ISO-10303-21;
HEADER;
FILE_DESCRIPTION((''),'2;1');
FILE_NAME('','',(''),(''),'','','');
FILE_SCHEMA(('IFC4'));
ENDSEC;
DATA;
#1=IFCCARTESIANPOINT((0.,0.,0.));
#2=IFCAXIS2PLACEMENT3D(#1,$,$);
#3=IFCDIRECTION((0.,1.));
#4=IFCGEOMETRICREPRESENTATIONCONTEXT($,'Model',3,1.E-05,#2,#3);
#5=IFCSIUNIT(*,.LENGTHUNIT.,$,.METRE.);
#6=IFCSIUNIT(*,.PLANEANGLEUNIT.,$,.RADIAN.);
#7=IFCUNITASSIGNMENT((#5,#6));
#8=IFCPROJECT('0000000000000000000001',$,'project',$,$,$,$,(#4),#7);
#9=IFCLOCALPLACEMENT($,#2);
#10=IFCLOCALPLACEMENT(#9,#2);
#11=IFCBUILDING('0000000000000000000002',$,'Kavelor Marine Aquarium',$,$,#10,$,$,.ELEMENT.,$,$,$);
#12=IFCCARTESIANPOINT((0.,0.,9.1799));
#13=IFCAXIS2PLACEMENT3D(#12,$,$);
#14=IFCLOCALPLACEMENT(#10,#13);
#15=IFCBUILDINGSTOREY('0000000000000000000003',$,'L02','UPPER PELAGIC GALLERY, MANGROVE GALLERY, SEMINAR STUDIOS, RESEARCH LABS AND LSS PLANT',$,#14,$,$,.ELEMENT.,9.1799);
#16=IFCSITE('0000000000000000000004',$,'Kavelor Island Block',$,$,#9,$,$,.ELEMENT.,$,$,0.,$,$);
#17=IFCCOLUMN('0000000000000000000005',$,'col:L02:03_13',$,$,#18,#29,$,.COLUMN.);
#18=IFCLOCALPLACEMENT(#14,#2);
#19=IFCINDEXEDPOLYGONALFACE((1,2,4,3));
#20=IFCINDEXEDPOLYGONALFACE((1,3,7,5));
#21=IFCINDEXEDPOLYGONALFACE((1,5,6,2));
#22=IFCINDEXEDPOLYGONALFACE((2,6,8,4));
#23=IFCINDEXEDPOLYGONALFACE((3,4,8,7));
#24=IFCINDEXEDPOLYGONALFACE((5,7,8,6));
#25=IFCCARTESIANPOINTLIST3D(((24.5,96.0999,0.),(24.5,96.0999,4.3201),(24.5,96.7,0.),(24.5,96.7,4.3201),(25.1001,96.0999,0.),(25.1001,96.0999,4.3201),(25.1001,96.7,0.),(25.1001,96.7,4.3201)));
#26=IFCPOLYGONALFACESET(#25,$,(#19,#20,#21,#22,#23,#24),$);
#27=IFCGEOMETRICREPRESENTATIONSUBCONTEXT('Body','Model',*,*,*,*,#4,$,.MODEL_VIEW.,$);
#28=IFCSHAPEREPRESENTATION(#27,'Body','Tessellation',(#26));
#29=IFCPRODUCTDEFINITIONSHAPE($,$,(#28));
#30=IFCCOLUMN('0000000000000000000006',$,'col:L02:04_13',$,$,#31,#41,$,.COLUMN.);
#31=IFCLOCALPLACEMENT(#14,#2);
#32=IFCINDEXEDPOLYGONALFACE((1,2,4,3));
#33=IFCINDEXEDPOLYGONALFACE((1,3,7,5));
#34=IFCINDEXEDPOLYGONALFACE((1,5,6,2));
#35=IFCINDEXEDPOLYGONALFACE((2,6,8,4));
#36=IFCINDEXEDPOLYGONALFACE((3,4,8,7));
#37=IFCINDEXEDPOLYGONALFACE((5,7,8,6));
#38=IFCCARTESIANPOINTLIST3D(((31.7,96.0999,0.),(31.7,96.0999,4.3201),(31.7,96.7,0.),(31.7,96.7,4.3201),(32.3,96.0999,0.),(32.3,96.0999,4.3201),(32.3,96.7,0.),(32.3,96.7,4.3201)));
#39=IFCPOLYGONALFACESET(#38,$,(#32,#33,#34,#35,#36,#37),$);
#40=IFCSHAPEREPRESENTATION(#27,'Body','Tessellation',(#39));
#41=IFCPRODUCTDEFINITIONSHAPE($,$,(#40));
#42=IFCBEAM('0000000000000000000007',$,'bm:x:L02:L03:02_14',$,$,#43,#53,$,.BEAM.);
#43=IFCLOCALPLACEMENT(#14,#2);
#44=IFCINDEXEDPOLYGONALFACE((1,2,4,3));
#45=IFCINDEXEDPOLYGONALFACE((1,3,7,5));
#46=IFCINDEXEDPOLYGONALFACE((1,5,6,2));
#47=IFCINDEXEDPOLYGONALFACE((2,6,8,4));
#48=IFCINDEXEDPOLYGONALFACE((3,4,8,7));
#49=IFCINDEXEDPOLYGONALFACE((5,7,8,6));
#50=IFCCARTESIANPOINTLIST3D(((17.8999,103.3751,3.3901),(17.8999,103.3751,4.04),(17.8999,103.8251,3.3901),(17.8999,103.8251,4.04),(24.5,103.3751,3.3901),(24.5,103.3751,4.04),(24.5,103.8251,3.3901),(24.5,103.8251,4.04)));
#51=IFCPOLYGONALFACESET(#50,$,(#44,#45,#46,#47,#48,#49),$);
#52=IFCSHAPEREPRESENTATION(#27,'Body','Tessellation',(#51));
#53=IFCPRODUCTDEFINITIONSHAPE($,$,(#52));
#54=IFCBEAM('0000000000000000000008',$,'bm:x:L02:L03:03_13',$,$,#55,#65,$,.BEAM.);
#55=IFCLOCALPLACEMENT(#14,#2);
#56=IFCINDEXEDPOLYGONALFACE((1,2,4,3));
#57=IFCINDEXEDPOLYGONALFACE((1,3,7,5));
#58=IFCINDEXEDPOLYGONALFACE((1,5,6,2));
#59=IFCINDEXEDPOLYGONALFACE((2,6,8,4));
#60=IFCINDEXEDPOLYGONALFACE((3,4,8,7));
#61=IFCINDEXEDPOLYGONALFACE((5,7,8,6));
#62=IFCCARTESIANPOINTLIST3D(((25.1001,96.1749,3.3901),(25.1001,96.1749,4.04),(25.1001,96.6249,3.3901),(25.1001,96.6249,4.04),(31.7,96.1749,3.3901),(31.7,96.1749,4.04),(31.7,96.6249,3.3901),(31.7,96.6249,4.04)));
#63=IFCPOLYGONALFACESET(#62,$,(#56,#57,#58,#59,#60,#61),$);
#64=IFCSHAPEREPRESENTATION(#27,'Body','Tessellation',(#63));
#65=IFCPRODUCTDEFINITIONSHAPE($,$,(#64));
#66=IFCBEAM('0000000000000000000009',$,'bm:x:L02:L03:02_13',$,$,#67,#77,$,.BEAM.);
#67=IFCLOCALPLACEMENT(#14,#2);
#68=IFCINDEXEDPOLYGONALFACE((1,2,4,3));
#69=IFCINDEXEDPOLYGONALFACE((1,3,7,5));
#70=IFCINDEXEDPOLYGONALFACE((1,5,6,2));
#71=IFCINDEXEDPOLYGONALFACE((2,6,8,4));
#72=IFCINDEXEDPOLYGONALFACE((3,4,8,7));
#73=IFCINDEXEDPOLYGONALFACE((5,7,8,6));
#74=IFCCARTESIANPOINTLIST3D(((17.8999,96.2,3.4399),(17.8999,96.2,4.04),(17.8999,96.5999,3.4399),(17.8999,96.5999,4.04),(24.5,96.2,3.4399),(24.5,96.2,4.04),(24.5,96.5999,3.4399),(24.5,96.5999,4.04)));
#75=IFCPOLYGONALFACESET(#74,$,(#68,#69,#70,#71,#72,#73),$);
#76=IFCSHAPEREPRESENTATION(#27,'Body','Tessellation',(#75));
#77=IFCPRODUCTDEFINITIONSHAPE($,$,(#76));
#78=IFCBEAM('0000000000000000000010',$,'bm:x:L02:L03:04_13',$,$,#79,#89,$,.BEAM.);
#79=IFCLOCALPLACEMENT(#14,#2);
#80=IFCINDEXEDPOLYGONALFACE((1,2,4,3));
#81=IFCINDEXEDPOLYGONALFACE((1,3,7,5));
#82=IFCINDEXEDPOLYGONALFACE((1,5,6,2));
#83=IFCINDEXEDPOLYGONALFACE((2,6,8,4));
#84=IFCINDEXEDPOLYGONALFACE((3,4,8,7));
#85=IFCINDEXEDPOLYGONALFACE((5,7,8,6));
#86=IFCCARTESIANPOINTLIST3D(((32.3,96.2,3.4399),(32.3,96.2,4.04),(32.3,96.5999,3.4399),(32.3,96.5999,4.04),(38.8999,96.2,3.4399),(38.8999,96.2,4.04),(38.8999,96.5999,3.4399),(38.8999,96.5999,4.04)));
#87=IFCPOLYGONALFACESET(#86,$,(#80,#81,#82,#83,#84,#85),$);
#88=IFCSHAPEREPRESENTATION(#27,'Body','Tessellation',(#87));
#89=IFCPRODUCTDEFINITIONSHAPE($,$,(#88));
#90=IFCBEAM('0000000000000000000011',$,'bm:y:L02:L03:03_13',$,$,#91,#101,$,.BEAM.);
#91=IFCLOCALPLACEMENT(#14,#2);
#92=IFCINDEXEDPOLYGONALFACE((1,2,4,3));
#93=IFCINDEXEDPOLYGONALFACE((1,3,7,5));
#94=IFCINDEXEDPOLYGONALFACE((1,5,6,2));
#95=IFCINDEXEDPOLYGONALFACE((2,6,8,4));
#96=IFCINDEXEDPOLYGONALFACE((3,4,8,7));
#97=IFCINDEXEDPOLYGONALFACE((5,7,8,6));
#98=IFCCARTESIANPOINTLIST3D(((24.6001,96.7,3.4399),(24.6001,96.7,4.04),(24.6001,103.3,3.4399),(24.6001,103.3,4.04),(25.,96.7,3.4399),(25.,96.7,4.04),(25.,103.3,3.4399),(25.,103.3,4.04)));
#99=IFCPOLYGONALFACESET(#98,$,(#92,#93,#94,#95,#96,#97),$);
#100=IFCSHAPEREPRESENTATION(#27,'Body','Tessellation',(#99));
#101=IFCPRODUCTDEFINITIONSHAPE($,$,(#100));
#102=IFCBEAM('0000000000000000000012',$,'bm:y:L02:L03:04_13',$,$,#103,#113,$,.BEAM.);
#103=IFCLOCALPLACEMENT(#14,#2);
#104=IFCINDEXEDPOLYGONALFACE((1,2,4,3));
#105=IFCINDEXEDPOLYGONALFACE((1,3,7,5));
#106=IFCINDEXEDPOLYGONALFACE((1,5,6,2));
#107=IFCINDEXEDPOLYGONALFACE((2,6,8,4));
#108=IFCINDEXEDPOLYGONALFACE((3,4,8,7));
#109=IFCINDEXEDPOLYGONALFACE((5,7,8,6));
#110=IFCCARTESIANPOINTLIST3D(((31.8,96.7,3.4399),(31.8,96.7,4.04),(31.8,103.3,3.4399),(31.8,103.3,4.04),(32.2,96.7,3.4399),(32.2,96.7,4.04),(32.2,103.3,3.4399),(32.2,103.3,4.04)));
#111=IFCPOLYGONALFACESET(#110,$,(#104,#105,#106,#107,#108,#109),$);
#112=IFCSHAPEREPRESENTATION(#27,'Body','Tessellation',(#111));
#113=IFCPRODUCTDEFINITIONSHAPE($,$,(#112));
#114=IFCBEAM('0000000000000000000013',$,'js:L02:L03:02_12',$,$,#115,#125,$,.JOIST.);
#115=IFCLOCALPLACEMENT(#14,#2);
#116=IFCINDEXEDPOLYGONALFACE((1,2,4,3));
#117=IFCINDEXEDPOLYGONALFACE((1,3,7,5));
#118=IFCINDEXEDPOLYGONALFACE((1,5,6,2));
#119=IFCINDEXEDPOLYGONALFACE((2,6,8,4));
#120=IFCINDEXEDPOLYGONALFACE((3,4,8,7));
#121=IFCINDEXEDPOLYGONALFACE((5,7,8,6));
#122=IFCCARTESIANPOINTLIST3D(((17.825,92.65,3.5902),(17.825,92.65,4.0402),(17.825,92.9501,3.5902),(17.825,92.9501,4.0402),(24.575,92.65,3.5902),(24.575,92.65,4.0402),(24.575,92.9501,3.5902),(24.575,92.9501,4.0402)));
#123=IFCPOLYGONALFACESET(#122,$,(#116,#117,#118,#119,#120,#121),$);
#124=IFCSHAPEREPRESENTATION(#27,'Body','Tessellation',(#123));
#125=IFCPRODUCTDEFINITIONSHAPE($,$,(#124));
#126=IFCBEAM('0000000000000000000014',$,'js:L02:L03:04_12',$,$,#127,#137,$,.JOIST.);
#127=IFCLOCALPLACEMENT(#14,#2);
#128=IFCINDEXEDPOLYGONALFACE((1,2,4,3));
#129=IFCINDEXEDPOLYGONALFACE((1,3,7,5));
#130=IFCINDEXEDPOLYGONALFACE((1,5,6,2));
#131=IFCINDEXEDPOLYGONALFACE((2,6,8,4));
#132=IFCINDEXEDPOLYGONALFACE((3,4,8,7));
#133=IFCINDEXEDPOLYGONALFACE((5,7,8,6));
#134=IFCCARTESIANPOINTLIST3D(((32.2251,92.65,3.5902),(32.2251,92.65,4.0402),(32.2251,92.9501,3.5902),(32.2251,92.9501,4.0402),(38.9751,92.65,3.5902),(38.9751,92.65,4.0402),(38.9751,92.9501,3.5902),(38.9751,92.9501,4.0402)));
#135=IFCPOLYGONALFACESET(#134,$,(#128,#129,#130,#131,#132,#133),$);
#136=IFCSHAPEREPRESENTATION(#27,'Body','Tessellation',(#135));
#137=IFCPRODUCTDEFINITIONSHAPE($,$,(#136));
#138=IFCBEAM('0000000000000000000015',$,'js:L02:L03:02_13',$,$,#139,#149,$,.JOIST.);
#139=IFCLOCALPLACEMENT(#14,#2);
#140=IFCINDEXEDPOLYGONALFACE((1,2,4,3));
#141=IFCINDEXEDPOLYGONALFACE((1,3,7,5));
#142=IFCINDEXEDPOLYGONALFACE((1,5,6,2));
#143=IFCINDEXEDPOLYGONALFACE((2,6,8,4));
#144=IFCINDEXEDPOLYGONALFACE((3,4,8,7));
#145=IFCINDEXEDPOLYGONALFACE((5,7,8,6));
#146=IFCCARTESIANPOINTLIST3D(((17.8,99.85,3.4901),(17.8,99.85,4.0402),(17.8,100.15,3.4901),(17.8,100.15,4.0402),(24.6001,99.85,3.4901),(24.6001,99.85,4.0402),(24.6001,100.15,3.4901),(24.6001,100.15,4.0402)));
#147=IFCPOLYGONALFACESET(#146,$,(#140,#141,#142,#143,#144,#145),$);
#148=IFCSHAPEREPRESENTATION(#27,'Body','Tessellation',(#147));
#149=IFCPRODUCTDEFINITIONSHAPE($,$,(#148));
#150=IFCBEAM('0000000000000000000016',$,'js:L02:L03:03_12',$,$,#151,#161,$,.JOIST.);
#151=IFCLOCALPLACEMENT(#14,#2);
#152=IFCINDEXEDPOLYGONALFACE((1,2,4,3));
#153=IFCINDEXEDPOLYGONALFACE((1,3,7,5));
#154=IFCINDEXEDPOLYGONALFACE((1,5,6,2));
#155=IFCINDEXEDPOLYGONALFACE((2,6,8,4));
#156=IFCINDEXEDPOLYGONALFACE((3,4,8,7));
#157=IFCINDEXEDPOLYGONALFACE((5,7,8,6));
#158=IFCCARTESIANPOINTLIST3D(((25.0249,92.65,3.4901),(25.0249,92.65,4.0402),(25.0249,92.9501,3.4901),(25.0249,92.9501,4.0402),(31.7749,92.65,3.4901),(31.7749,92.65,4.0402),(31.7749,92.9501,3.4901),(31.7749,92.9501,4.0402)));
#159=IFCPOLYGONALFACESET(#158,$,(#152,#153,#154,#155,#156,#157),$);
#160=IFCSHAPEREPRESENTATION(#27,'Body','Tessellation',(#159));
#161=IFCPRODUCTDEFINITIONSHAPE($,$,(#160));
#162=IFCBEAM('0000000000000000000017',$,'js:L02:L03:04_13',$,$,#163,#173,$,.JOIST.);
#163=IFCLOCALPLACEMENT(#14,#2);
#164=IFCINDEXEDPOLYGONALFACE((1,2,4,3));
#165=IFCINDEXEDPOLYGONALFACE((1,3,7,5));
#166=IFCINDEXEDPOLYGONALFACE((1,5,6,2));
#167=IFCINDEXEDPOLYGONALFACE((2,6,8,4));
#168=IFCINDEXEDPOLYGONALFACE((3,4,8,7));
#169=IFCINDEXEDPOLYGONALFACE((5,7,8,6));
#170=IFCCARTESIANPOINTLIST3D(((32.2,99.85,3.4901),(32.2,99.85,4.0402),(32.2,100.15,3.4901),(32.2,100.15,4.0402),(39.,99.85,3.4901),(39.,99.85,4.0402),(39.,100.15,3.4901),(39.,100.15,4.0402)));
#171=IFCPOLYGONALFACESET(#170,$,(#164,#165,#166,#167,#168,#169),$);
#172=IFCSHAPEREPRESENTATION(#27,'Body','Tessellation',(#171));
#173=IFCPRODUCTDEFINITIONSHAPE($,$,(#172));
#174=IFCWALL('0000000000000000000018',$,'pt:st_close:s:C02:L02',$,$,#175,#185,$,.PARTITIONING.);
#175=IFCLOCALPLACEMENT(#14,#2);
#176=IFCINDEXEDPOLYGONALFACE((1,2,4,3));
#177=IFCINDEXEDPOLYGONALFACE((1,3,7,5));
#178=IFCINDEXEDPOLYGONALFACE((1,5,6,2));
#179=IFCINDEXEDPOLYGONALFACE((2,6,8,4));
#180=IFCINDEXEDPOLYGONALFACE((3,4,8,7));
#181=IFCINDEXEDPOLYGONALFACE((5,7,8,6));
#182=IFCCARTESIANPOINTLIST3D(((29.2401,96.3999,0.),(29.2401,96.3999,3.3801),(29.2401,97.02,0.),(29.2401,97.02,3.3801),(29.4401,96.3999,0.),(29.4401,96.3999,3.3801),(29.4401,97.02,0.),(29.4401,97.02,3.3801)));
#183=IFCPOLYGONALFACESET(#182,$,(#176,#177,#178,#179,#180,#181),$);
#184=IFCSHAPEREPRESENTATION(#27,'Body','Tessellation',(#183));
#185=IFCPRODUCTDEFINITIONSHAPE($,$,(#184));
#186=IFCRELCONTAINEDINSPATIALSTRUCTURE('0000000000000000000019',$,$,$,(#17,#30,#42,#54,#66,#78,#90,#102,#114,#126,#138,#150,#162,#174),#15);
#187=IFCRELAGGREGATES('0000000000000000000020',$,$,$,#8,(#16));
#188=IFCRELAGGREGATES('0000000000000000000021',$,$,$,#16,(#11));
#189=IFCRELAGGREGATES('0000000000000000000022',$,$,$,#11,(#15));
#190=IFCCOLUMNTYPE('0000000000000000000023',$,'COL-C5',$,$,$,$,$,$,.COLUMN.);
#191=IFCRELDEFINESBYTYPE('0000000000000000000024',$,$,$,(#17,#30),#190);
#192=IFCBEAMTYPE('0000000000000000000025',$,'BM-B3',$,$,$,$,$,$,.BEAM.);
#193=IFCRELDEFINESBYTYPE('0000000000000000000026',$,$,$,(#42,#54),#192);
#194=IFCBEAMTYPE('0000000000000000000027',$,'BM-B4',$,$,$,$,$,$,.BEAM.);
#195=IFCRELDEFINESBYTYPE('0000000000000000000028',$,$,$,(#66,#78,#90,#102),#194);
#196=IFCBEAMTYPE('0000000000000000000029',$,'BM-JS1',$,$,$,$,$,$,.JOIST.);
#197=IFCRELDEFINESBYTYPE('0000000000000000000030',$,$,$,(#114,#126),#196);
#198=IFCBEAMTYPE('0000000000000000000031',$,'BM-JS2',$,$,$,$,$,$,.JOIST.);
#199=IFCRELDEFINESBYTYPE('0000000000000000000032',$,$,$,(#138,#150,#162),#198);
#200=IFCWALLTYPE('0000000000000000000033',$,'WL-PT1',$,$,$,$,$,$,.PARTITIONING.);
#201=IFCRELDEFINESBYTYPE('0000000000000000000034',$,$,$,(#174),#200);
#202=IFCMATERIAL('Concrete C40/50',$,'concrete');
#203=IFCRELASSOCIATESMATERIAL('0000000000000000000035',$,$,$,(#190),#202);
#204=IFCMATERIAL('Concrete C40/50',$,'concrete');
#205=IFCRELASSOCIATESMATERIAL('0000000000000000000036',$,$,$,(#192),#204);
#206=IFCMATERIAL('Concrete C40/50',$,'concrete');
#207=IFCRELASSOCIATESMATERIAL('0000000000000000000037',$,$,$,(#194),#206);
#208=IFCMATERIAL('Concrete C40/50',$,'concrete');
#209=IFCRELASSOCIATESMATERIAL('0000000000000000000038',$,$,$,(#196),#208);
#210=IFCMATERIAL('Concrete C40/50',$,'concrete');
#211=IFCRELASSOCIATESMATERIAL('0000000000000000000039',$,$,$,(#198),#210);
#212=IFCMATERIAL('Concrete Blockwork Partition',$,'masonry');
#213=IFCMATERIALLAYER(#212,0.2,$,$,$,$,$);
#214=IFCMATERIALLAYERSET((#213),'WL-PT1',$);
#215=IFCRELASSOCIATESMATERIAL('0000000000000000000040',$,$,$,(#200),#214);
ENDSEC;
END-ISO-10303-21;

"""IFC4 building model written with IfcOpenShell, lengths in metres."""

from ifc_helpers import new_model, si_unit, direction, frame, frame_2d, origin, origin_2d, place, context, subcontext, project, spatial, rectangle, extrude, material, layer, layer_set, material_profile, profile_set, type_object, element, save


model = new_model("IFC4")

# Units and contexts
model_context = context("Model", 3, precision=1e-05, world=origin(), true_north=direction((0.0, 1.0)))
body_context = subcontext(model_context, "Body", "Model", "MODEL_VIEW")
ifc_project = project(units=[si_unit("LENGTHUNIT", "METRE"), si_unit("PLANEANGLEUNIT", "RADIAN")], contexts=[model_context])

# Site, building, storey
site_placement = place(None, origin())
site = spatial("IfcSite", under=ifc_project, at=site_placement, Name="Kavelor Island Block", CompositionType="ELEMENT", RefElevation=0.0)
building_placement = place(site_placement, origin())
building = spatial("IfcBuilding", under=site, at=building_placement, Name="Kavelor Marine Aquarium", CompositionType="ELEMENT")
storey_placement = place(building_placement, frame((0.0, 0.0, 9.1799)))
storey = spatial("IfcBuildingStorey", under=building, at=storey_placement, Name="L02", Description="UPPER PELAGIC GALLERY, MANGROVE GALLERY, SEMINAR STUDIOS, RESEARCH LABS AND LSS PLANT", CompositionType="ELEMENT", Elevation=9.1799)

# Columns
ifc_material_1 = material(Name="Concrete C40/50", Category="concrete")
ifc_material_profile_1 = material_profile(ifc_material_1, rectangle(XDim=0.6001, YDim=0.6001, at=origin_2d()), Name="RC-COL 600x600")
ifc_profile_set_1 = profile_set([ifc_material_profile_1], Name="Concrete C40/50")
column_type = type_object("IfcColumnType", Name="COL-C5", PredefinedType="COLUMN", material=ifc_profile_set_1)
for number, where, z_axis, x_axis, name in (
    (1, (24.8, 96.3999, 0.0), (0.0, 0.0, 1.0), (1.0, 0.0, 0.0), "col:L02:03_13"),
    (2, (32.0, 96.3999, 0.0), (0.0, 0.0, 1.0), (1.0, 0.0, 0.0), "col:L02:04_13"),
):
    element("IfcColumn", number, at=place(storey_placement, frame(where, z_axis=z_axis, x_axis=x_axis)), inside=storey, type_object=column_type, Name=name, PredefinedType="COLUMN", context=body_context, shape_type="SweptSolid", body=[
        extrude(rectangle(XDim=0.6001, YDim=0.6001, at=origin_2d()), origin(), (0.0, 0.0, 1.0), 4.3201),
    ])

# Beams
ifc_material_2 = material(Name="Concrete C40/50", Category="concrete")
ifc_material_profile_2 = material_profile(ifc_material_2, rectangle(XDim=0.45, YDim=0.6499, at=origin_2d()), Name="RC-BM 450x650")
ifc_profile_set_2 = profile_set([ifc_material_profile_2], Name="Concrete C40/50")
beam_type_1 = type_object("IfcBeamType", Name="BM-B3", PredefinedType="BEAM", material=ifc_profile_set_2)
beam_1_placement = place(storey_placement, frame((17.8999, 103.6001, 3.7151), z_axis=(1.0, 0.0, 0.0), x_axis=(0.0, 1.0, 0.0)))
element("IfcBeam", 3, at=beam_1_placement, inside=storey, type_object=beam_type_1, Name="bm:x:L02:L03:02_14", PredefinedType="BEAM", context=body_context, shape_type="SweptSolid", body=[
    extrude(rectangle(XDim=0.45, YDim=0.6499, at=origin_2d()), origin(), (0.0, 0.0, 1.0), 6.6001),
])
beam_2_placement = place(storey_placement, frame((25.1001, 96.3999, 3.7151), z_axis=(1.0, 0.0, 0.0), x_axis=(0.0, 1.0, 0.0)))
element("IfcBeam", 4, at=beam_2_placement, inside=storey, type_object=beam_type_1, Name="bm:x:L02:L03:03_13", PredefinedType="BEAM", context=body_context, shape_type="SweptSolid", body=[
    extrude(rectangle(XDim=0.45, YDim=0.6499, at=origin_2d()), origin(), (0.0, 0.0, 1.0), 6.5999),
])
ifc_material_3 = material(Name="Concrete C40/50", Category="concrete")
ifc_material_profile_3 = material_profile(ifc_material_3, rectangle(XDim=0.3999, YDim=0.6001, at=origin_2d()), Name="RC-BM 400x600")
ifc_profile_set_3 = profile_set([ifc_material_profile_3], Name="Concrete C40/50")
beam_type_2 = type_object("IfcBeamType", Name="BM-B4", PredefinedType="BEAM", material=ifc_profile_set_3)
beam_3_placement = place(storey_placement, frame((17.8999, 96.3999, 3.74), z_axis=(1.0, 0.0, 0.0), x_axis=(0.0, 1.0, 0.0)))
element("IfcBeam", 5, at=beam_3_placement, inside=storey, type_object=beam_type_2, Name="bm:x:L02:L03:02_13", PredefinedType="BEAM", context=body_context, shape_type="SweptSolid", body=[
    extrude(rectangle(XDim=0.3999, YDim=0.6001, at=origin_2d()), origin(), (0.0, 0.0, 1.0), 6.6001),
])
beam_4_placement = place(storey_placement, frame((32.3, 96.3999, 3.74), z_axis=(1.0, 0.0, 0.0), x_axis=(0.0, 1.0, 0.0)))
element("IfcBeam", 6, at=beam_4_placement, inside=storey, type_object=beam_type_2, Name="bm:x:L02:L03:04_13", PredefinedType="BEAM", context=body_context, shape_type="SweptSolid", body=[
    extrude(rectangle(XDim=0.3999, YDim=0.6001, at=origin_2d()), origin(), (0.0, 0.0, 1.0), 6.5999),
])
for number, where, z_axis, x_axis, name in (
    (7, (24.8, 96.7, 3.74), (0.0, 1.0, 0.0), (-1.0, 0.0, 0.0), "bm:y:L02:L03:03_13"),
    (8, (32.0, 96.7, 3.74), (0.0, 1.0, 0.0), (-1.0, 0.0, 0.0), "bm:y:L02:L03:04_13"),
):
    element("IfcBeam", number, at=place(storey_placement, frame(where, z_axis=z_axis, x_axis=x_axis)), inside=storey, type_object=beam_type_2, Name=name, PredefinedType="BEAM", context=body_context, shape_type="SweptSolid", body=[
        extrude(rectangle(XDim=0.3999, YDim=0.6001, at=origin_2d()), origin(), (0.0, 0.0, 1.0), 6.6001),
    ])
ifc_material_4 = material(Name="Concrete C40/50", Category="concrete")
ifc_material_profile_4 = material_profile(ifc_material_4, rectangle(XDim=0.3, YDim=0.45, at=origin_2d()), Name="RC-JS 300x450")
ifc_profile_set_4 = profile_set([ifc_material_profile_4], Name="Concrete C40/50")
beam_type_3 = type_object("IfcBeamType", Name="BM-JS1", PredefinedType="JOIST", material=ifc_profile_set_4)
for number, where, z_axis, x_axis, name in (
    (9, (17.825, 92.8, 3.8152), (1.0, 0.0, 0.0), (0.0, 1.0, 0.0), "js:L02:L03:02_12"),
    (10, (32.2251, 92.8, 3.8152), (1.0, 0.0, 0.0), (0.0, 1.0, 0.0), "js:L02:L03:04_12"),
):
    element("IfcBeam", number, at=place(storey_placement, frame(where, z_axis=z_axis, x_axis=x_axis)), inside=storey, type_object=beam_type_3, Name=name, PredefinedType="JOIST", context=body_context, shape_type="SweptSolid", body=[
        extrude(rectangle(XDim=0.3, YDim=0.45, at=origin_2d()), origin(), (0.0, 0.0, 1.0), 6.75),
    ])
ifc_material_5 = material(Name="Concrete C40/50", Category="concrete")
ifc_material_profile_5 = material_profile(ifc_material_5, rectangle(XDim=0.3, YDim=0.55, at=origin_2d()), Name="RC-JS 300x550")
ifc_profile_set_5 = profile_set([ifc_material_profile_5], Name="Concrete C40/50")
beam_type_4 = type_object("IfcBeamType", Name="BM-JS2", PredefinedType="JOIST", material=ifc_profile_set_5)
beam_5_placement = place(storey_placement, frame((17.8, 100.0, 3.7651), z_axis=(1.0, 0.0, 0.0), x_axis=(0.0, 1.0, 0.0)))
element("IfcBeam", 11, at=beam_5_placement, inside=storey, type_object=beam_type_4, Name="js:L02:L03:02_13", PredefinedType="JOIST", context=body_context, shape_type="SweptSolid", body=[
    extrude(rectangle(XDim=0.3, YDim=0.55, at=origin_2d()), origin(), (0.0, 0.0, 1.0), 6.8),
])
beam_6_placement = place(storey_placement, frame((25.0249, 92.8, 3.7651), z_axis=(1.0, 0.0, 0.0), x_axis=(0.0, 1.0, 0.0)))
element("IfcBeam", 12, at=beam_6_placement, inside=storey, type_object=beam_type_4, Name="js:L02:L03:03_12", PredefinedType="JOIST", context=body_context, shape_type="SweptSolid", body=[
    extrude(rectangle(XDim=0.3, YDim=0.55, at=origin_2d()), origin(), (0.0, 0.0, 1.0), 6.75),
])
beam_7_placement = place(storey_placement, frame((32.2, 100.0, 3.7651), z_axis=(1.0, 0.0, 0.0), x_axis=(0.0, 1.0, 0.0)))
element("IfcBeam", 13, at=beam_7_placement, inside=storey, type_object=beam_type_4, Name="js:L02:L03:04_13", PredefinedType="JOIST", context=body_context, shape_type="SweptSolid", body=[
    extrude(rectangle(XDim=0.3, YDim=0.55, at=origin_2d()), origin(), (0.0, 0.0, 1.0), 6.8),
])

# Wall
ifc_material_6 = material(Name="Concrete Blockwork Partition", Category="masonry")
ifc_layer_1 = layer(ifc_material_6, 0.2)
ifc_layer_set_1 = layer_set([ifc_layer_1], Name="WL-PT1")
wall_type_1 = type_object("IfcWallType", Name="WL-PT1", PredefinedType="PARTITIONING", material=ifc_layer_set_1)
wall_1_placement = place(storey_placement, frame((29.3401, 96.3999, 0.0), z_axis=(0.0, 0.0, 1.0), x_axis=(0.0, 1.0, 0.0)))
element("IfcWall", 14, at=wall_1_placement, inside=storey, type_object=wall_type_1, Name="pt:st_close:s:C02:L02", PredefinedType="PARTITIONING", context=body_context, shape_type="SweptSolid", body=[
    extrude(rectangle(XDim=0.6201, YDim=0.2, at=frame_2d((0.3101, 0.0))), origin(), (0.0, 0.0, 1.0), 3.3801),
])

save(model, "model.ifc")
